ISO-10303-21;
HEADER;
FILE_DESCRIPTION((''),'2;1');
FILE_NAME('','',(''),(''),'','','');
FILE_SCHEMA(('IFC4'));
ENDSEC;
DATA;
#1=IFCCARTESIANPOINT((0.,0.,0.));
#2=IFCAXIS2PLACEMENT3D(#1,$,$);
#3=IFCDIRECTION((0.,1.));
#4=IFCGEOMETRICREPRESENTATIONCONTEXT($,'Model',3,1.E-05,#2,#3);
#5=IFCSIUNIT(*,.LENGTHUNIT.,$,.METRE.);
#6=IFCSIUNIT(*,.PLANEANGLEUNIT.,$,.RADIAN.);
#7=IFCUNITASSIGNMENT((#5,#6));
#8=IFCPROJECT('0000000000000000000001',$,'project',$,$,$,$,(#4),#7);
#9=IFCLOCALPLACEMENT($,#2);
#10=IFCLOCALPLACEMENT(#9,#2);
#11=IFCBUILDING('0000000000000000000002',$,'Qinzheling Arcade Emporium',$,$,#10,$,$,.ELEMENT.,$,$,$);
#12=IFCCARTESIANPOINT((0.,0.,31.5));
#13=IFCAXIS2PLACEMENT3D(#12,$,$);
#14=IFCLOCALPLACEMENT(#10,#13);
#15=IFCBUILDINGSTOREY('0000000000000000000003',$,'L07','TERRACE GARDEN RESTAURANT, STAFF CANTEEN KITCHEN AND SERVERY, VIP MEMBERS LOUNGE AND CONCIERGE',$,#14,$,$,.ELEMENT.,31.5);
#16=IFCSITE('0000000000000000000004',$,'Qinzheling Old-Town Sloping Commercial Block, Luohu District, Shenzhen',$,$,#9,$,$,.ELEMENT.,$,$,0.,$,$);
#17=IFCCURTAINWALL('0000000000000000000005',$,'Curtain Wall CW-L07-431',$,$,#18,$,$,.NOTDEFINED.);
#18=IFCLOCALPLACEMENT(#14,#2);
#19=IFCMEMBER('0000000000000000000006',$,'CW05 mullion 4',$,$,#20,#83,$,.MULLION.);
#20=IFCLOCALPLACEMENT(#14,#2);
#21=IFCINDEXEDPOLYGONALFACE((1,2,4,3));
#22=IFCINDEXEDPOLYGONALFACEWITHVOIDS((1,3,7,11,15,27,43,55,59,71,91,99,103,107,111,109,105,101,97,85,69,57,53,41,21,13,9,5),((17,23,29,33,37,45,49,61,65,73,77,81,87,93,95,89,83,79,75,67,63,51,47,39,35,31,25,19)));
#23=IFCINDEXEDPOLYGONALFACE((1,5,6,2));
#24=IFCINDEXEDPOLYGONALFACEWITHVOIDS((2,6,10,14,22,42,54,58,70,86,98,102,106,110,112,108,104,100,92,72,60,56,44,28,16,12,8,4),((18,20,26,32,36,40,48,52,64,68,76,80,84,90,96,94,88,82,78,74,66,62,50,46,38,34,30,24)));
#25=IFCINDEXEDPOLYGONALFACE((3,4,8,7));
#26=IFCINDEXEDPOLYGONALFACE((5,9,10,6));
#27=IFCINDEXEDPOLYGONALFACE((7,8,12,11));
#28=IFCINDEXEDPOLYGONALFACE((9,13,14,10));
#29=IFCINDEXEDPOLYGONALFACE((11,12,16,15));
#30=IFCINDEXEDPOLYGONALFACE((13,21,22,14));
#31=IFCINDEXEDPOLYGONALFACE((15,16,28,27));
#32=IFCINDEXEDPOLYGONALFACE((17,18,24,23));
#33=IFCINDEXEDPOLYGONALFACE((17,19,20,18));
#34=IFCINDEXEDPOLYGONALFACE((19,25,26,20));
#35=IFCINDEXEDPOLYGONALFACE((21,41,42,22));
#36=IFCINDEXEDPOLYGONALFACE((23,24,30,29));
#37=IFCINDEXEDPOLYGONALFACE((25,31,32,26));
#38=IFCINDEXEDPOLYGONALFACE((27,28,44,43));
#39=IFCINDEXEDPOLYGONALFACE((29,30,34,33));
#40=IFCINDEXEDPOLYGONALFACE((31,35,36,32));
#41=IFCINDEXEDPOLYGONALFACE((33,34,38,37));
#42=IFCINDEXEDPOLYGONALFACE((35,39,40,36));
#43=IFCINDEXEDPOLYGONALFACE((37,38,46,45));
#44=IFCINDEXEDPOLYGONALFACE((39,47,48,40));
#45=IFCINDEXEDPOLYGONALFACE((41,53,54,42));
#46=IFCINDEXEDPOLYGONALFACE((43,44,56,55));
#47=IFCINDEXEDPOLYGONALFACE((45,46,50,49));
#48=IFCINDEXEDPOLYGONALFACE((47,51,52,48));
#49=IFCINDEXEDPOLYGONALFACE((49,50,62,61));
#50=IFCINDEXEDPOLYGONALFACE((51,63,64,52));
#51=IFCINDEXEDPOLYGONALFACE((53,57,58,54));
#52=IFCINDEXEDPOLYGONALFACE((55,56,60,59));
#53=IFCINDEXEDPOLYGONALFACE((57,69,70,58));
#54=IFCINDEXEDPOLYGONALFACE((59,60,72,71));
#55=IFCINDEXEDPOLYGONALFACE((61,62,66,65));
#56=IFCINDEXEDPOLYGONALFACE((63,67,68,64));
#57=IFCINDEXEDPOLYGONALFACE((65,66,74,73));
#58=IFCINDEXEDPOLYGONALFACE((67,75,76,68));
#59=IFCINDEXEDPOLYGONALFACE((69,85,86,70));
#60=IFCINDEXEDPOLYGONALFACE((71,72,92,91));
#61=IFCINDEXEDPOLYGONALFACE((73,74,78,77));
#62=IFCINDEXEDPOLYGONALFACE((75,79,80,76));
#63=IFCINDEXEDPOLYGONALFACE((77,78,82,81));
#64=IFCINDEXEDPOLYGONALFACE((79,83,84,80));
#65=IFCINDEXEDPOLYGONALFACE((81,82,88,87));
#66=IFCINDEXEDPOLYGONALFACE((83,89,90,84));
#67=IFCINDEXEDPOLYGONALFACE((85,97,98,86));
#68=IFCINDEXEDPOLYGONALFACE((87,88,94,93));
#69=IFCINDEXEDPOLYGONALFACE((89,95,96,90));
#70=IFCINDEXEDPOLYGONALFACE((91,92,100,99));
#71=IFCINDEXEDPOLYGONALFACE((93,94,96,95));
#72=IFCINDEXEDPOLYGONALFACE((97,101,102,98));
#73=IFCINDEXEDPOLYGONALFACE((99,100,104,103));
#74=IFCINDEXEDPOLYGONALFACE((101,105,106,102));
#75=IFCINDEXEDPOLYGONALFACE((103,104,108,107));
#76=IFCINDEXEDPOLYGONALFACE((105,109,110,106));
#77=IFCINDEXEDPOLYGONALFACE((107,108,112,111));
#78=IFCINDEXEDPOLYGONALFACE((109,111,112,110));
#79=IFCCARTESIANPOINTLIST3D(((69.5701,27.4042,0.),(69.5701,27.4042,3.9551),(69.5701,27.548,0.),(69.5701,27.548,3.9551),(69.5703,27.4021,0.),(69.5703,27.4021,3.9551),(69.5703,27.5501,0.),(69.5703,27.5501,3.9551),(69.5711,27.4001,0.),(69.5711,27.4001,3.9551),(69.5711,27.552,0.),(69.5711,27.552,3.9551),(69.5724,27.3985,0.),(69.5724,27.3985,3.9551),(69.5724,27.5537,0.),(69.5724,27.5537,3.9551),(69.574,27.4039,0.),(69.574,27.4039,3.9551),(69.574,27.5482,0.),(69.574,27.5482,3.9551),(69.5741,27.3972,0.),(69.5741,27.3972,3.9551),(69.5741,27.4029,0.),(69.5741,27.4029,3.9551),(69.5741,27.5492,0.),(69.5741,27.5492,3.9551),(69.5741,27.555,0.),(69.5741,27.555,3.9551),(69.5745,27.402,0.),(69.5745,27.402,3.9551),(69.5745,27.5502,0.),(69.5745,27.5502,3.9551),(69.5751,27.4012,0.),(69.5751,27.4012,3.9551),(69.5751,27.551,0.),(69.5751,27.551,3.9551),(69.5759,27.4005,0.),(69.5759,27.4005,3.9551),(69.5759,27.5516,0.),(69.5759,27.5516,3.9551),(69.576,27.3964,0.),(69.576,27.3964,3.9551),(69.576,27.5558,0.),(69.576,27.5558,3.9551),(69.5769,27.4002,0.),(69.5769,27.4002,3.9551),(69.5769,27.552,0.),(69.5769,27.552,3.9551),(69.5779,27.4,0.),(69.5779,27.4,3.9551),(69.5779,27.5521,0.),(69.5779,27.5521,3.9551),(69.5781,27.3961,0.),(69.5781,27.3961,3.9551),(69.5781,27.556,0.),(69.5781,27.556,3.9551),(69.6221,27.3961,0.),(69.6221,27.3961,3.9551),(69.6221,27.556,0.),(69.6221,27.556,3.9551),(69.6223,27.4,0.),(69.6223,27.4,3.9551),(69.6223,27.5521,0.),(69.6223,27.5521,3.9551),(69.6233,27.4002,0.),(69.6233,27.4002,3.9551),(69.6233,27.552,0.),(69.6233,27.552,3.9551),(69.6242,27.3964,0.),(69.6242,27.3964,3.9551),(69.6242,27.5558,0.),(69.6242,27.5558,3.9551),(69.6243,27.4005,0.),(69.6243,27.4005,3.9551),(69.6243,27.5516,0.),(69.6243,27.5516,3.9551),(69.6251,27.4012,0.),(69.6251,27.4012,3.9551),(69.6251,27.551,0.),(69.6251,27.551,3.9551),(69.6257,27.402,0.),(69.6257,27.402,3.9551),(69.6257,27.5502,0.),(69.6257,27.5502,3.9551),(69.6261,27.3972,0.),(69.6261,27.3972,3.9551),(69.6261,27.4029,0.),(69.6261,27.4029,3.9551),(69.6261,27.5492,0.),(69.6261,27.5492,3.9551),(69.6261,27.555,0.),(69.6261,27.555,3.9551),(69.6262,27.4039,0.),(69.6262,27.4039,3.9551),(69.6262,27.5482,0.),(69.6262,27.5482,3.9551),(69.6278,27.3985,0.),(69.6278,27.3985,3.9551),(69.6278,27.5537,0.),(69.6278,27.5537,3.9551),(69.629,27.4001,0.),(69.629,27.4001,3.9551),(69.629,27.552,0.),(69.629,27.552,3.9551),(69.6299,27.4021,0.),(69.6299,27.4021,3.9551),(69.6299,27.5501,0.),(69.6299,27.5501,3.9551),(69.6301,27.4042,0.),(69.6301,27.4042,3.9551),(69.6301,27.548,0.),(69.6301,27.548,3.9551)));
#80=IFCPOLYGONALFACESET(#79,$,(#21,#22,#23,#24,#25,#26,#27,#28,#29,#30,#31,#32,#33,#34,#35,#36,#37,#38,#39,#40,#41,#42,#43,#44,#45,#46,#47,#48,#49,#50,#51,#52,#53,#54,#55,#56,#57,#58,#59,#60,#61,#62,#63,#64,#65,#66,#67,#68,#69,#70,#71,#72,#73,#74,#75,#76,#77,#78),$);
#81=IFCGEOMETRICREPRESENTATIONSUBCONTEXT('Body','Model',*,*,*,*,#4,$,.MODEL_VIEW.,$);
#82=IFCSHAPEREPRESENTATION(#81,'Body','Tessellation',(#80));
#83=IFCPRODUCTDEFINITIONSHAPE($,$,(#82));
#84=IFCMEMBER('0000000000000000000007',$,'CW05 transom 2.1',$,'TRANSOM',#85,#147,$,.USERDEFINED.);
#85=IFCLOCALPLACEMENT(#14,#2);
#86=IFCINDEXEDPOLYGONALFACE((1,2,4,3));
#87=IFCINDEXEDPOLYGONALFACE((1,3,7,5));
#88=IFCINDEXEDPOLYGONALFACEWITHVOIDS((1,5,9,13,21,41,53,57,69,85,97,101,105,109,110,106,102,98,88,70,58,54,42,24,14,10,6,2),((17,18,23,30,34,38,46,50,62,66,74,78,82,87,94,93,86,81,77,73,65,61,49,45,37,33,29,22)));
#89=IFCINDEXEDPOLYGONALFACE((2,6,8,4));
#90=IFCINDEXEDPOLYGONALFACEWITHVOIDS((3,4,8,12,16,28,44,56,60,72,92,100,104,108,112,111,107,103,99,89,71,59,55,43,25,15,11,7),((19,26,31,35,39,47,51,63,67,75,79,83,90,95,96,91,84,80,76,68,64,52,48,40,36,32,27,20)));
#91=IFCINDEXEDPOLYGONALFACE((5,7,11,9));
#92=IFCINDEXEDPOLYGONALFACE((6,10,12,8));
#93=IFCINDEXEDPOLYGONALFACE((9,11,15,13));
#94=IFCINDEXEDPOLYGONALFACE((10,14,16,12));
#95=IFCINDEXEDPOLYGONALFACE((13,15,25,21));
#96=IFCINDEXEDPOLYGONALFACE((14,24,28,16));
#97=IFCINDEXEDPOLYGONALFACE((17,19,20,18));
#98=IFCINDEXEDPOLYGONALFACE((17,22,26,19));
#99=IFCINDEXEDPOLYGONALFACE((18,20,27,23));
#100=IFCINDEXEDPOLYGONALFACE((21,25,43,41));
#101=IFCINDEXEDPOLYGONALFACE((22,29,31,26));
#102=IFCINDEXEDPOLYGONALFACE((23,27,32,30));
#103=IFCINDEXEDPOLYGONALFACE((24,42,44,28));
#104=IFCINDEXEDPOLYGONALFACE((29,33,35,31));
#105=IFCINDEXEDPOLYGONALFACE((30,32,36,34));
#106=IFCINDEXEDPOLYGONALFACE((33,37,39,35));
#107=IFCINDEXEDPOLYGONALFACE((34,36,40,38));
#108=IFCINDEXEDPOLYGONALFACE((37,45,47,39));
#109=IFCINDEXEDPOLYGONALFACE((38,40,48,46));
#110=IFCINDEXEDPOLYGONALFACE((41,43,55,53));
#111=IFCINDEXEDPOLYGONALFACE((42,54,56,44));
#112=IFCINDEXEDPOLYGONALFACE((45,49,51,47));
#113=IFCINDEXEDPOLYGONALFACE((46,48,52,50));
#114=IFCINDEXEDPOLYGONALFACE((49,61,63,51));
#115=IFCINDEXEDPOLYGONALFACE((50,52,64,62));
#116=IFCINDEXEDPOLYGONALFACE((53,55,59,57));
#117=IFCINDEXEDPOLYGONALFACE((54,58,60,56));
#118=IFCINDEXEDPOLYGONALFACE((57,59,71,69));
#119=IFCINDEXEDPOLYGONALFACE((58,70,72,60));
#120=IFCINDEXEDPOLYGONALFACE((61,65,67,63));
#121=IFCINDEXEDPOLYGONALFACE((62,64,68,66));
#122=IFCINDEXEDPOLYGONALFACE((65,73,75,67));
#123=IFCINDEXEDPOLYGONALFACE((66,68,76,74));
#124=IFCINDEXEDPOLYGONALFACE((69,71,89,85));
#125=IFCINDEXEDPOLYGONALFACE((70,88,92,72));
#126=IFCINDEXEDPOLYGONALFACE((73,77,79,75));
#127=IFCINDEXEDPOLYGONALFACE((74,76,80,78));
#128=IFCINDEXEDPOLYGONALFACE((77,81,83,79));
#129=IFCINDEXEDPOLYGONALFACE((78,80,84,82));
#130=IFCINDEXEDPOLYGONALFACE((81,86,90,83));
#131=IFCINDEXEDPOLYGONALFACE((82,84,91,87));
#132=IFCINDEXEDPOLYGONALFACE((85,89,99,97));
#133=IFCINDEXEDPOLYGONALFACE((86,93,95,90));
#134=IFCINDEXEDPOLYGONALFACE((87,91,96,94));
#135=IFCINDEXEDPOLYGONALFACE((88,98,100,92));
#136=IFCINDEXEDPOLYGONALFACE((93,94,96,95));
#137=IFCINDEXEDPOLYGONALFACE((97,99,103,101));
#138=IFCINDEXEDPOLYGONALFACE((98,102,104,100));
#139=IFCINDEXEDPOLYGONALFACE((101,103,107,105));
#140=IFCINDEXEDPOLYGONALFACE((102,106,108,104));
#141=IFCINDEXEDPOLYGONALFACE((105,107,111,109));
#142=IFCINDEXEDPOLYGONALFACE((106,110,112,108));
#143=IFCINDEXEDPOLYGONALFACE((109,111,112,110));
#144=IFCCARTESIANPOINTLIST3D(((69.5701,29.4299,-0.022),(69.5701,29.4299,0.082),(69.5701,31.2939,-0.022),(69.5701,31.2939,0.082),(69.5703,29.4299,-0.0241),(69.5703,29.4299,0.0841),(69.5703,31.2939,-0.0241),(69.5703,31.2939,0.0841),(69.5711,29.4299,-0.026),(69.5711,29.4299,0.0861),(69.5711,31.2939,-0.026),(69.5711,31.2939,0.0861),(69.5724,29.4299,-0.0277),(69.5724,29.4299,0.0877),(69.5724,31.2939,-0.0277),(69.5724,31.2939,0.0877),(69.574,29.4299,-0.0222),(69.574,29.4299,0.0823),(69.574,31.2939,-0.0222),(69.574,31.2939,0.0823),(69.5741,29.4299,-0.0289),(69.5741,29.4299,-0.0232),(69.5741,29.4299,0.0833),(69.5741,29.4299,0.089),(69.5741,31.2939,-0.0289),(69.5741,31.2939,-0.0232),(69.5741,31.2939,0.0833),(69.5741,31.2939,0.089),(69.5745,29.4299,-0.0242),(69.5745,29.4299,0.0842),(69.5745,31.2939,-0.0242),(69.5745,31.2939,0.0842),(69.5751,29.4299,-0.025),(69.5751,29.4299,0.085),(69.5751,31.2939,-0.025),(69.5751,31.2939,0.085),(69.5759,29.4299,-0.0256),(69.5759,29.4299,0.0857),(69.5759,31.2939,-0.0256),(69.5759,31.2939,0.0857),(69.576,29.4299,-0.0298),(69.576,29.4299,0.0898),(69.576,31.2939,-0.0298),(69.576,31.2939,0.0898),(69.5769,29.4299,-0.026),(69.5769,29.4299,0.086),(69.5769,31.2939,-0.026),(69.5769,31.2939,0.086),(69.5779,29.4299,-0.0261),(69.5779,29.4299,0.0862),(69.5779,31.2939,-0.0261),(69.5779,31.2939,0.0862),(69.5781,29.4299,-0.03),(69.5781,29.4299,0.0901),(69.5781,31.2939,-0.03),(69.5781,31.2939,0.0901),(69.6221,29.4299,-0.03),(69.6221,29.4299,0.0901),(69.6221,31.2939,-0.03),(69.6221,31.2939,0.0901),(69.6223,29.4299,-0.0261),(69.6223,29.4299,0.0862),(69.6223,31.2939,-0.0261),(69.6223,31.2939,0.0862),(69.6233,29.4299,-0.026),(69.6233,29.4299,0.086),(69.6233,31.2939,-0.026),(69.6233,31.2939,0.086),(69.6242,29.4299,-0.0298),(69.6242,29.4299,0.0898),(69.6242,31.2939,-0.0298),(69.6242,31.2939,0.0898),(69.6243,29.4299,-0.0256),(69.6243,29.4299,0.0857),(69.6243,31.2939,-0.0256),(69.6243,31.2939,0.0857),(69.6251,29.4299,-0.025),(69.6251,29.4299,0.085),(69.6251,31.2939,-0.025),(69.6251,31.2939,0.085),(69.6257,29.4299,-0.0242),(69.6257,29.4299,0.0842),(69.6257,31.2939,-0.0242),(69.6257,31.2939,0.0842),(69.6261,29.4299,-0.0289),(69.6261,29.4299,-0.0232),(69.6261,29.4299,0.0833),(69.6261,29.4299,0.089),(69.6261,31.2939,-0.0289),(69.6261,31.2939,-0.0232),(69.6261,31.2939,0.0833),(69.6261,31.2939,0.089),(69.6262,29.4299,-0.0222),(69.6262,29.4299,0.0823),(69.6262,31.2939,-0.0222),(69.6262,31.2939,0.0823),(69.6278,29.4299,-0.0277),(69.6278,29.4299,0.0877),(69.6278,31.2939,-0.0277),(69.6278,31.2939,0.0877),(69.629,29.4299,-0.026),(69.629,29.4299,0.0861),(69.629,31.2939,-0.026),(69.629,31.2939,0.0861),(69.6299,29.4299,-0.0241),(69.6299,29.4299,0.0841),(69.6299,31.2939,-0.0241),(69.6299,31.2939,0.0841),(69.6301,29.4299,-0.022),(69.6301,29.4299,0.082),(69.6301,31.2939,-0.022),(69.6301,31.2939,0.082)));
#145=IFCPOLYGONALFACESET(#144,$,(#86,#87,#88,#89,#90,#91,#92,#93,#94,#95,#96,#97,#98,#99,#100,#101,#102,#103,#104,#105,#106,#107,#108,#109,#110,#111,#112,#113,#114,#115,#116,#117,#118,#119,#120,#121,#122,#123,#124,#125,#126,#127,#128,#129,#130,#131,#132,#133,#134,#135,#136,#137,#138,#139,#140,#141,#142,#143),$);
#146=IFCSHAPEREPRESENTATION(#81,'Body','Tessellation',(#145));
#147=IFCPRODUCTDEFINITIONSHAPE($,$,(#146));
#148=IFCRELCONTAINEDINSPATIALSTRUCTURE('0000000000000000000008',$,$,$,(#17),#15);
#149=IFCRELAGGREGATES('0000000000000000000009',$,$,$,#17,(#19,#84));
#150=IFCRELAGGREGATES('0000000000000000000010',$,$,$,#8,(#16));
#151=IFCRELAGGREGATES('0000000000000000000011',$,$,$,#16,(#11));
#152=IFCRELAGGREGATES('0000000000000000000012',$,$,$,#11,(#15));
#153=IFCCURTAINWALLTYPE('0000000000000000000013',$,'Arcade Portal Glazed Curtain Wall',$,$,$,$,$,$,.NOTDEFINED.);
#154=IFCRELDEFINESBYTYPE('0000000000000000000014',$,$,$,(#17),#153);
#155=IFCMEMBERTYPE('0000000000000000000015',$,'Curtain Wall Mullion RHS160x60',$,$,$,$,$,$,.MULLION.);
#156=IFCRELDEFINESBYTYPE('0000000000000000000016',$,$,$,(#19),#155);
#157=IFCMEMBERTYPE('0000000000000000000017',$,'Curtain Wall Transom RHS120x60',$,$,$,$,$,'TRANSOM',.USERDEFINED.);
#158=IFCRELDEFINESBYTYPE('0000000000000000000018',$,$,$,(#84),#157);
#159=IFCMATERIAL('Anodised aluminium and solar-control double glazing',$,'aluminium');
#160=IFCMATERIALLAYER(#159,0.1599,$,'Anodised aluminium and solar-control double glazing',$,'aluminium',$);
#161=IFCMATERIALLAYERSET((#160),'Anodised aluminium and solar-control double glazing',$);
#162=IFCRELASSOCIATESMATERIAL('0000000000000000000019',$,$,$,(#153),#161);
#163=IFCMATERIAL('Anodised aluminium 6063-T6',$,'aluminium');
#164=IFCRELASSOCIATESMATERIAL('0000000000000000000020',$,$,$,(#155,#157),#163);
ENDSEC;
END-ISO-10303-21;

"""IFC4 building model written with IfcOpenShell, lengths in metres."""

from ifc_helpers import new_model, si_unit, direction, frame, origin, origin_2d, place, context, subcontext, project, spatial, hollow_rectangle, extrude, material, layer, layer_set, material_profile, profile_set, type_object, element, aggregate, save


model = new_model("IFC4")

# Units and contexts
model_context = context("Model", 3, precision=1e-05, world=origin(), true_north=direction((0.0, 1.0)))
body_context = subcontext(model_context, "Body", "Model", "MODEL_VIEW")
ifc_project = project(units=[si_unit("LENGTHUNIT", "METRE"), si_unit("PLANEANGLEUNIT", "RADIAN")], contexts=[model_context])

# Site, building, storey
site_placement = place(None, origin())
site = spatial("IfcSite", under=ifc_project, at=site_placement, Name="Qinzheling Old-Town Sloping Commercial Block, Luohu District, Shenzhen", CompositionType="ELEMENT", RefElevation=0.0)
building_placement = place(site_placement, origin())
building = spatial("IfcBuilding", under=site, at=building_placement, Name="Qinzheling Arcade Emporium", CompositionType="ELEMENT")
storey_placement = place(building_placement, frame((0.0, 0.0, 31.5)))
storey = spatial("IfcBuildingStorey", under=building, at=storey_placement, Name="L07", Description="TERRACE GARDEN RESTAURANT, STAFF CANTEEN KITCHEN AND SERVERY, VIP MEMBERS LOUNGE AND CONCIERGE", CompositionType="ELEMENT", Elevation=31.5)

# Curtain wall, members
ifc_material_1 = material(Name="Anodised aluminium and solar-control double glazing", Category="aluminium")
ifc_layer_1 = layer(ifc_material_1, 0.1599, Name="Anodised aluminium and solar-control double glazing", Category="aluminium")
ifc_layer_set_1 = layer_set([ifc_layer_1], Name="Anodised aluminium and solar-control double glazing")
curtain_wall_type = type_object("IfcCurtainWallType", Name="Arcade Portal Glazed Curtain Wall", PredefinedType="NOTDEFINED", material=ifc_layer_set_1)
curtain_wall_placement = place(storey_placement, origin())
curtain_wall = element("IfcCurtainWall", 1, at=curtain_wall_placement, inside=storey, type_object=curtain_wall_type, Name="Curtain Wall CW-L07-431", PredefinedType="NOTDEFINED")
ifc_material_2 = material(Name="Anodised aluminium 6063-T6", Category="aluminium")
ifc_material_profile_1 = material_profile(ifc_material_2, hollow_rectangle(XDim=0.0601, YDim=0.1599, WallThickness=0.0039, InnerFilletRadius=0.0039, OuterFilletRadius=0.0081, at=origin_2d()), Name="RHS 160x60x4", Category="aluminium")
ifc_profile_set_1 = profile_set([ifc_material_profile_1], Name="Anodised aluminium 6063-T6")
member_type_1 = type_object("IfcMemberType", Name="Curtain Wall Mullion RHS160x60", PredefinedType="MULLION", material=ifc_profile_set_1)
member_1_placement = place(storey_placement, frame((69.6001, 27.4761, 0.0), z_axis=(0.0, 0.0, 1.0), x_axis=(1.0, 0.0, 0.0)))
member_1 = element("IfcMember", 2, at=member_1_placement, type_object=member_type_1, Name="CW05 mullion 4", PredefinedType="MULLION", context=body_context, shape_type="SweptSolid", body=[
    extrude(hollow_rectangle(XDim=0.0601, YDim=0.1599, WallThickness=0.0039, InnerFilletRadius=0.0039, OuterFilletRadius=0.0081, at=origin_2d()), origin(), (0.0, 0.0, 1.0), 3.9551),
])
ifc_material_profile_2 = material_profile(ifc_material_2, hollow_rectangle(XDim=0.0601, YDim=0.1201, WallThickness=0.0039, InnerFilletRadius=0.0039, OuterFilletRadius=0.0081, at=origin_2d()), Name="RHS 120x60x4", Category="aluminium")
ifc_profile_set_2 = profile_set([ifc_material_profile_2], Name="Anodised aluminium 6063-T6")
member_type_2 = type_object("IfcMemberType", Name="Curtain Wall Transom RHS120x60", ElementType="TRANSOM", PredefinedType="USERDEFINED", material=ifc_profile_set_2)
member_2_placement = place(storey_placement, frame((69.6001, 31.2939, 0.03), z_axis=(0.0, -1.0, 0.0), x_axis=(1.0, 0.0, 0.0)))
member_2 = element("IfcMember", 3, at=member_2_placement, type_object=member_type_2, Name="CW05 transom 2.1", ObjectType="TRANSOM", PredefinedType="USERDEFINED", context=body_context, shape_type="SweptSolid", body=[
    extrude(hollow_rectangle(XDim=0.0601, YDim=0.1201, WallThickness=0.0039, InnerFilletRadius=0.0039, OuterFilletRadius=0.0081, at=origin_2d()), origin(), (0.0, 0.0, 1.0), 1.864),
])
aggregate(curtain_wall, [member_1, member_2])

save(model, "model.ifc")
